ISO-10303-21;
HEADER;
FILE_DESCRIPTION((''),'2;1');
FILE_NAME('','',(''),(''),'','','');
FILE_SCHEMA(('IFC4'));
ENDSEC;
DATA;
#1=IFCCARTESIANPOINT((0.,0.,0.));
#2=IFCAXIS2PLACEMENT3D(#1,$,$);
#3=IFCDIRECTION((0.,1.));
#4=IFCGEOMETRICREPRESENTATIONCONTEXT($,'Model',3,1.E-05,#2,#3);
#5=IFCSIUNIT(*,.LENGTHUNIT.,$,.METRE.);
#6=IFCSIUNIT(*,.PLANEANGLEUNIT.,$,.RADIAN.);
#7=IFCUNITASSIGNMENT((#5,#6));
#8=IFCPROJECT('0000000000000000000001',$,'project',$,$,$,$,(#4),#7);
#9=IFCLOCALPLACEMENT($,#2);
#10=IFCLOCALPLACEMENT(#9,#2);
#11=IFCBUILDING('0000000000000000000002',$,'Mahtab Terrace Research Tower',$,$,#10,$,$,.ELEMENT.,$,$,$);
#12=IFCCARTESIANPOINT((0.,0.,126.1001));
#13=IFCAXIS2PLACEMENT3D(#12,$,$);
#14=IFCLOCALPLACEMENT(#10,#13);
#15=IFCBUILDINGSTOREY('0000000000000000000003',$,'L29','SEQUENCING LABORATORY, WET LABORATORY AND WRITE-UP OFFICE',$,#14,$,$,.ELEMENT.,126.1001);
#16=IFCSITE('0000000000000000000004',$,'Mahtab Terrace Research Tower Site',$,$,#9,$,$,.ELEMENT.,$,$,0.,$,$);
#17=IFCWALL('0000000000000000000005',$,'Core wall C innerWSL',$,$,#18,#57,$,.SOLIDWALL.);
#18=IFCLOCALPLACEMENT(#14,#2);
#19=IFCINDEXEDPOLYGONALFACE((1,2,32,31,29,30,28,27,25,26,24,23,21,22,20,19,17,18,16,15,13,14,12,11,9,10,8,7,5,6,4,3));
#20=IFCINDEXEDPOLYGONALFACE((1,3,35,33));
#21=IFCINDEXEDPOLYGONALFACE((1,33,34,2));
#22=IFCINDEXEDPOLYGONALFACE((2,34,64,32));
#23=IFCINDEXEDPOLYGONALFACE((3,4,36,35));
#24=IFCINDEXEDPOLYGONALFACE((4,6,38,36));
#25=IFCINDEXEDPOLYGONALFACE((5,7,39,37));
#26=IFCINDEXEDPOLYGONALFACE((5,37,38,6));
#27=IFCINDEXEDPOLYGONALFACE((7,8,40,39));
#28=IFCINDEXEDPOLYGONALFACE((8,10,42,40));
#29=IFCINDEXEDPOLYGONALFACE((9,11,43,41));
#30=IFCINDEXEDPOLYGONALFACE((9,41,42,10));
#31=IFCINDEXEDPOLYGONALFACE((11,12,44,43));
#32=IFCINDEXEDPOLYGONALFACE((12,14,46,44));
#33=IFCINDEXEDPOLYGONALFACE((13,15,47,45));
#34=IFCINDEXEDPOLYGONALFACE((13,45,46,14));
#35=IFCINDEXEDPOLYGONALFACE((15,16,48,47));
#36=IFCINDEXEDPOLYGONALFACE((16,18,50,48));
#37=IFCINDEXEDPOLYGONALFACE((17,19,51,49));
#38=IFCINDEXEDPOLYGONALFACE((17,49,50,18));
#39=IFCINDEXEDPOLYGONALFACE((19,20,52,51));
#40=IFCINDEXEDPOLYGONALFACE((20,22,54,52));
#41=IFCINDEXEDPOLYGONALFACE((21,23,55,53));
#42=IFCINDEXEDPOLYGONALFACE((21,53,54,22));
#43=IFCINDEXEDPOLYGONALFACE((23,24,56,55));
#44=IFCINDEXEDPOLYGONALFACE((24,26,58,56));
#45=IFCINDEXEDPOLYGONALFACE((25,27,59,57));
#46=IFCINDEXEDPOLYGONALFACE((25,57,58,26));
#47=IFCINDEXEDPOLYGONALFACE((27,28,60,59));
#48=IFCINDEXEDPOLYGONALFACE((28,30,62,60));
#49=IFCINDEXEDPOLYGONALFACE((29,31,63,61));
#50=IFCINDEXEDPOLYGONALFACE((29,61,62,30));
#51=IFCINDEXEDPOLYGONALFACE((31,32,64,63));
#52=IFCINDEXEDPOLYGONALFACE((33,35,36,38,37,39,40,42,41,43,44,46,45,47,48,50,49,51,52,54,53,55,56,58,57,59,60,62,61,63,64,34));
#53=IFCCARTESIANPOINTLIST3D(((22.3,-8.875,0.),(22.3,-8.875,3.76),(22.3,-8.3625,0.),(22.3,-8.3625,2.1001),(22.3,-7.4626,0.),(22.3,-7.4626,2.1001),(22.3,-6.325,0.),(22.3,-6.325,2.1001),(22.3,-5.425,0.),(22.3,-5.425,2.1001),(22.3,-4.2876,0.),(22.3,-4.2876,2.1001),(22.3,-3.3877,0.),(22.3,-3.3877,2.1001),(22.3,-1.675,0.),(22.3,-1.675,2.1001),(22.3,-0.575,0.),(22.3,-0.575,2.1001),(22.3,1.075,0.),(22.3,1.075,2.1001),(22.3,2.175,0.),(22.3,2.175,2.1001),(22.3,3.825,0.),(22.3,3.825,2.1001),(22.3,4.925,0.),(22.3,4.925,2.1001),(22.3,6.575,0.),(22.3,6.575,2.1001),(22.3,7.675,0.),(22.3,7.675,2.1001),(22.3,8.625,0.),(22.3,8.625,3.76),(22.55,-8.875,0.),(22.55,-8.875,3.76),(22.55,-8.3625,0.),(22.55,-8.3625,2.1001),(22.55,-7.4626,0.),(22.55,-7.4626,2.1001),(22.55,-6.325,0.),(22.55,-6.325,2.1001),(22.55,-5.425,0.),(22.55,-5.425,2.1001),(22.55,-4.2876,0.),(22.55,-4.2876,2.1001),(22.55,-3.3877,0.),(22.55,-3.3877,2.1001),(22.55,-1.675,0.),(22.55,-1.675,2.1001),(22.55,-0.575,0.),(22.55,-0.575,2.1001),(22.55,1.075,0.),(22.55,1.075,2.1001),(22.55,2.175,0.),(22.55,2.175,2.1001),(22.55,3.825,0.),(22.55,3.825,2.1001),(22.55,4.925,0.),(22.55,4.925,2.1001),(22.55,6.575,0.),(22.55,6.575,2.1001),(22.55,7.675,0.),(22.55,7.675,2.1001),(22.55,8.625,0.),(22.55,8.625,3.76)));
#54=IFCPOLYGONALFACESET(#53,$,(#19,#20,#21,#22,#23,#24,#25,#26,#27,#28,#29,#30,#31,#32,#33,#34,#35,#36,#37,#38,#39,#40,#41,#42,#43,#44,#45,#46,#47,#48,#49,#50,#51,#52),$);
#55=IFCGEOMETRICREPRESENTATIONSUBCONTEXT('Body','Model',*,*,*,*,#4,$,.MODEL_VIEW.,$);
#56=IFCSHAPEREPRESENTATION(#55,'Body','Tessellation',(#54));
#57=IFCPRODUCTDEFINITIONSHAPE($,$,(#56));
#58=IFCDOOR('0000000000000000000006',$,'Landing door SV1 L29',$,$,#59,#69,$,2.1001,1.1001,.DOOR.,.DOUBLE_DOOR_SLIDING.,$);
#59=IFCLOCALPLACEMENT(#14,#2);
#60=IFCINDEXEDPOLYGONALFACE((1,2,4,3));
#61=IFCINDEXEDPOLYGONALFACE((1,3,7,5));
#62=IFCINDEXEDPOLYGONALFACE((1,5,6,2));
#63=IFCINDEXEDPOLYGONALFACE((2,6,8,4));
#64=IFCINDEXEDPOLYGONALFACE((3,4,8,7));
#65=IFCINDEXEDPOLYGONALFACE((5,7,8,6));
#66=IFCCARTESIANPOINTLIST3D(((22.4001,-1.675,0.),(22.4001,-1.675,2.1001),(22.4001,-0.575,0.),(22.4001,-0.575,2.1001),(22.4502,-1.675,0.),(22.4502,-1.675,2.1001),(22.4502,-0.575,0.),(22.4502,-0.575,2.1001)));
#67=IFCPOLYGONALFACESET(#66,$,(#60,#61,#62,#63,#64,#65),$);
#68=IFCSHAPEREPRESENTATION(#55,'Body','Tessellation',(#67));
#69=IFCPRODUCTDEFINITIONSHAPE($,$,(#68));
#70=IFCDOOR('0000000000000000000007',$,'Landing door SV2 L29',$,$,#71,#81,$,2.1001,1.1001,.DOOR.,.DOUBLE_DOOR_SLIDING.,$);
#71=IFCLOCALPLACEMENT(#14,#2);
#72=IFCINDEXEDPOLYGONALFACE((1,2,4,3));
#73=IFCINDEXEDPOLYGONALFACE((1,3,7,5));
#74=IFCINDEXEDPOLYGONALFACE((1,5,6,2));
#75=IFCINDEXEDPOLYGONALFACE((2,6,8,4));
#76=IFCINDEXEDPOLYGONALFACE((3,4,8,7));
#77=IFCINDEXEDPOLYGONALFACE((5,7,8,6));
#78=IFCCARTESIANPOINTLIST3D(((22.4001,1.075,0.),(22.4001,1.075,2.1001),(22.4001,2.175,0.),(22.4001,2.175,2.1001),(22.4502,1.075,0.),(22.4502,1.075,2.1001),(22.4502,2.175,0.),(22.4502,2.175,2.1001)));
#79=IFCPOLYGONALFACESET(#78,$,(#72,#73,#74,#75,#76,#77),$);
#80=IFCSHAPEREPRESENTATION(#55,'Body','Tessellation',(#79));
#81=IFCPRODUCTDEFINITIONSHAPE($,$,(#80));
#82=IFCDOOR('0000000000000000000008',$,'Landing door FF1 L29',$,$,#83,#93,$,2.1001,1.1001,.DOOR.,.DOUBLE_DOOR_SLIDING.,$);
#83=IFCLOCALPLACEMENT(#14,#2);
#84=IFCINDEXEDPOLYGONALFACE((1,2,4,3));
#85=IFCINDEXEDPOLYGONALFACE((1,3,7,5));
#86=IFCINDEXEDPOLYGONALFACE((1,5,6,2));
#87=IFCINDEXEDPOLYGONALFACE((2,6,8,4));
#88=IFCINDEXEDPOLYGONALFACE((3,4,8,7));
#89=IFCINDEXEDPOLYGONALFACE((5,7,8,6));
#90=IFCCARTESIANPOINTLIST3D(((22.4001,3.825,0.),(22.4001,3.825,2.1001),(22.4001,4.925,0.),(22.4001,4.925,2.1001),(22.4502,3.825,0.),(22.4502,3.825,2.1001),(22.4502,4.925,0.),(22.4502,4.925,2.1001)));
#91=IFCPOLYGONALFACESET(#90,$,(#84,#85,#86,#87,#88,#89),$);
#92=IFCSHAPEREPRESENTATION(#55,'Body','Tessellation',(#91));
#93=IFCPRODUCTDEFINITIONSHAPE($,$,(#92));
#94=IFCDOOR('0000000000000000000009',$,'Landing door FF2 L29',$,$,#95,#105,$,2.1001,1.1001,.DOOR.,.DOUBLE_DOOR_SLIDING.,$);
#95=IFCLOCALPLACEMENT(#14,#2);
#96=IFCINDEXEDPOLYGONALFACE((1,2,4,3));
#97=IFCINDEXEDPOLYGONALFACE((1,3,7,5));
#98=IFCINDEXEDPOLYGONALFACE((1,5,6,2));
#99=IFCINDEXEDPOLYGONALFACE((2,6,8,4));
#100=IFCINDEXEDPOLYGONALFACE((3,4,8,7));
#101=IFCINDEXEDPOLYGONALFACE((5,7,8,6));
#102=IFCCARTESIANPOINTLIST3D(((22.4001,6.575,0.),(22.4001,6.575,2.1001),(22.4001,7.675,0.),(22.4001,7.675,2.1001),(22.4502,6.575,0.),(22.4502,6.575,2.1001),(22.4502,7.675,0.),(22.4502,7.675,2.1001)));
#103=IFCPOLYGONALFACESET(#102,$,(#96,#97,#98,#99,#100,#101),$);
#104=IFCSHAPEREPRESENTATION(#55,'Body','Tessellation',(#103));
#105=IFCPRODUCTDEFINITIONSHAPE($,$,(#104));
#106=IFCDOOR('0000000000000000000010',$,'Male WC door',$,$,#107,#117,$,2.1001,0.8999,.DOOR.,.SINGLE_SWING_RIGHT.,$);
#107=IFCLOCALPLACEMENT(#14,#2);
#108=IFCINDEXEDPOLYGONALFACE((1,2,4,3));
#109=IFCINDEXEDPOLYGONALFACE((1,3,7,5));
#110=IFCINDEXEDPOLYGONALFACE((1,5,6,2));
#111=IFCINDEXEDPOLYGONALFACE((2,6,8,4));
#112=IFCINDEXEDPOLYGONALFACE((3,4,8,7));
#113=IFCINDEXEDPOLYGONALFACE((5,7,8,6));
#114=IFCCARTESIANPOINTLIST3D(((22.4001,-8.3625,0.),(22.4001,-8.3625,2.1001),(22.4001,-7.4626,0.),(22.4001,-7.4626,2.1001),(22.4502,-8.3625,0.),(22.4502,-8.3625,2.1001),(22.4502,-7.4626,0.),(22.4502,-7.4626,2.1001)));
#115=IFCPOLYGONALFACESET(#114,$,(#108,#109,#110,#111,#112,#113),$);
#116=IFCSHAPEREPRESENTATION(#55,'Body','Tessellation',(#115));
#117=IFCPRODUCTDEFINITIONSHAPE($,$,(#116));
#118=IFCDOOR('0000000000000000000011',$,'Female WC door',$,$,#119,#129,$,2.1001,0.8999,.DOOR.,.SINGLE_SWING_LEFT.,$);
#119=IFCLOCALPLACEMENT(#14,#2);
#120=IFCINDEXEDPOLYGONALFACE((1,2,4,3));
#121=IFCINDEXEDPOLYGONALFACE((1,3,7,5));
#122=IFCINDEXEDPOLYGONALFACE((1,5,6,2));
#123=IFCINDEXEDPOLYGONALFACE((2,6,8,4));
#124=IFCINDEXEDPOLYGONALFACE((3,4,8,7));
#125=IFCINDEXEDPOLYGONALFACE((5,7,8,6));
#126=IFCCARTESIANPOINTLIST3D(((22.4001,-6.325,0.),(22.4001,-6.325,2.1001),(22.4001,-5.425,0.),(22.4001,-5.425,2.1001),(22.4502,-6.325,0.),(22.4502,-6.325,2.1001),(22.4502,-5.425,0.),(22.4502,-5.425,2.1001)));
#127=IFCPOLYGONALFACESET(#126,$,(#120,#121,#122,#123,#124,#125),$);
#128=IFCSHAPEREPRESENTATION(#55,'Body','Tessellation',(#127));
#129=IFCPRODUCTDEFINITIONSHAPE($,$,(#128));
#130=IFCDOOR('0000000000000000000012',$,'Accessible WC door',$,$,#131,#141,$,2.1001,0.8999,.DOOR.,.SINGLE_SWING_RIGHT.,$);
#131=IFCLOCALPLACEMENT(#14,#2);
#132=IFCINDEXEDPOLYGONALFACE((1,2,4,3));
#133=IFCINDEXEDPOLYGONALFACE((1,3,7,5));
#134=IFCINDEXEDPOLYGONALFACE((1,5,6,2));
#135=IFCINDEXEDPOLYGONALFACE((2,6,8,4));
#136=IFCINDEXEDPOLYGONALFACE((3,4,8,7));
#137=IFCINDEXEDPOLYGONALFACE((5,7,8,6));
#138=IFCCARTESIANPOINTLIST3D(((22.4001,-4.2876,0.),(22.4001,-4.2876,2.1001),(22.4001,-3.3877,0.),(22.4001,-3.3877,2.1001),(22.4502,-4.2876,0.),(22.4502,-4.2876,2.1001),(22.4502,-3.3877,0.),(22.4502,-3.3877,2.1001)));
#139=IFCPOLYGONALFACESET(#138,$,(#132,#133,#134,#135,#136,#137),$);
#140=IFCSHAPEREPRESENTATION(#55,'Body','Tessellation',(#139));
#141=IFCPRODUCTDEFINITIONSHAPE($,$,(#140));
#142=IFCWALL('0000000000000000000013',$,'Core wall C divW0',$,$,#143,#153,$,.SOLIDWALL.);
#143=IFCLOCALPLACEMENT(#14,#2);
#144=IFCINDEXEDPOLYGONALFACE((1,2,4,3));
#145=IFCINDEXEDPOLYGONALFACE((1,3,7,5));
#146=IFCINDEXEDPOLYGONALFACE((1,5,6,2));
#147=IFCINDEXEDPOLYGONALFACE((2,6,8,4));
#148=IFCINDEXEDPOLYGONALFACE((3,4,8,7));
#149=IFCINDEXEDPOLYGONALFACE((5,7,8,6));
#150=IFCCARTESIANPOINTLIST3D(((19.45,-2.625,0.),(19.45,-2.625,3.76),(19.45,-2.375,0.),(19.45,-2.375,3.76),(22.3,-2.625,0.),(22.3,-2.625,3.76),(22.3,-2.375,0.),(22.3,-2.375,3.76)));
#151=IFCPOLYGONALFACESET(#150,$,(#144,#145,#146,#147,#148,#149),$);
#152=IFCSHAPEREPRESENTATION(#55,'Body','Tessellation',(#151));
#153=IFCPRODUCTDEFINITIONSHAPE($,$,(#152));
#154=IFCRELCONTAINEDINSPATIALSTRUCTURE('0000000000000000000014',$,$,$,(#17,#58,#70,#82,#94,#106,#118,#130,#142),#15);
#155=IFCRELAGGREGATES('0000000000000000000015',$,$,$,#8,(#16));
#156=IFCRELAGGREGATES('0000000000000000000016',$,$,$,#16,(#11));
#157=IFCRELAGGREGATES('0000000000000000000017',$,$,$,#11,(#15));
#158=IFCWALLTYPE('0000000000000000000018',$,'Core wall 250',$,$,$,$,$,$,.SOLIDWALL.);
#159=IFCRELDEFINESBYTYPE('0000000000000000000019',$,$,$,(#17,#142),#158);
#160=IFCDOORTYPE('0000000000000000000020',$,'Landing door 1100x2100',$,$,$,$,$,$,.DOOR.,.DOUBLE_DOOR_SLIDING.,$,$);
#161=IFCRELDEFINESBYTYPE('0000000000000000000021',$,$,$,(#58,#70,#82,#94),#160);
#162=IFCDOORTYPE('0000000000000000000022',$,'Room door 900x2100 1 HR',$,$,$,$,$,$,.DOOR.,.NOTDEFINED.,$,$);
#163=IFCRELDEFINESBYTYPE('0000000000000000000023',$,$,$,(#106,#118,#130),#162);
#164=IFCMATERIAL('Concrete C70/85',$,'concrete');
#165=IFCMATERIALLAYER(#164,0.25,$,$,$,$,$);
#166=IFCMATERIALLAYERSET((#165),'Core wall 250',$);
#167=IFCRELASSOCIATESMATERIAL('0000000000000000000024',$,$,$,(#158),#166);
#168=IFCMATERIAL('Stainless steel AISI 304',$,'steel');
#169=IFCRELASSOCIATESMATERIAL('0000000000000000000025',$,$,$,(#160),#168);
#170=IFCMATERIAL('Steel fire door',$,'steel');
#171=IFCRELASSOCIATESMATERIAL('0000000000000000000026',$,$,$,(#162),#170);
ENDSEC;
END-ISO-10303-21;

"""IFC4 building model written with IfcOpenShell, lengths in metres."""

from ifc_helpers import new_model, si_unit, direction, frame, frame_2d, origin, place, context, subcontext, project, spatial, rectangle, extrude, material, layer, layer_set, type_object, element, fill, save


model = new_model("IFC4")

# Units and contexts
model_context = context("Model", 3, precision=1e-05, world=origin(), true_north=direction((0.0, 1.0)))
body_context = subcontext(model_context, "Body", "Model", "MODEL_VIEW")
ifc_project = project(units=[si_unit("LENGTHUNIT", "METRE"), si_unit("PLANEANGLEUNIT", "RADIAN")], contexts=[model_context])

# Site, building, storey
site_placement = place(None, origin())
site = spatial("IfcSite", under=ifc_project, at=site_placement, Name="Mahtab Terrace Research Tower Site", CompositionType="ELEMENT", RefElevation=0.0)
building_placement = place(site_placement, origin())
building = spatial("IfcBuilding", under=site, at=building_placement, Name="Mahtab Terrace Research Tower", CompositionType="ELEMENT")
storey_placement = place(building_placement, frame((0.0, 0.0, 126.1001)))
storey = spatial("IfcBuildingStorey", under=building, at=storey_placement, Name="L29", Description="SEQUENCING LABORATORY, WET LABORATORY AND WRITE-UP OFFICE", CompositionType="ELEMENT", Elevation=126.1001)

# Shared definitions
ifc_material_1 = material(Name="Concrete C70/85", Category="concrete")

# Wall, openings, doors
ifc_layer_1 = layer(ifc_material_1, 0.25)
ifc_layer_set_1 = layer_set([ifc_layer_1], Name="Core wall 250")
wall_type_1 = type_object("IfcWallType", Name="Core wall 250", PredefinedType="SOLIDWALL", material=ifc_layer_set_1)
wall_1_placement = place(storey_placement, frame((22.425, -8.875, 0.0), z_axis=(0.0, 0.0, 1.0), x_axis=(0.0, 1.0, 0.0)))
wall_1 = element("IfcWall", 1, at=wall_1_placement, inside=storey, type_object=wall_type_1, Name="Core wall C innerWSL", PredefinedType="SOLIDWALL", context=body_context, shape_type="SweptSolid", body=[
    extrude(rectangle(XDim=17.5, YDim=0.25, at=frame_2d((8.75, 0.0))), origin(), (0.0, 0.0, 1.0), 3.76),
])
opening_1_placement = place(wall_1_placement, frame((7.2, 0.0, 0.0)))
opening_1 = element("IfcOpeningElement", 2, at=opening_1_placement, cuts=wall_1, PredefinedType="OPENING", context=body_context, shape_type="SweptSolid", body=[
    extrude(rectangle(XDim=1.1001, YDim=2.1001, at=frame_2d((0.55, 1.05))), frame((0.0, 0.135, 0.0), z_axis=(0.0, -1.0, 0.0), x_axis=(1.0, 0.0, 0.0)), (0.0, 0.0, 1.0), 0.27),
])
opening_2_placement = place(wall_1_placement, frame((9.95, 0.0, 0.0)))
opening_2 = element("IfcOpeningElement", 3, at=opening_2_placement, cuts=wall_1, PredefinedType="OPENING", context=body_context, shape_type="SweptSolid", body=[
    extrude(rectangle(XDim=1.1001, YDim=2.1001, at=frame_2d((0.55, 1.05))), frame((0.0, 0.135, 0.0), z_axis=(0.0, -1.0, 0.0), x_axis=(1.0, 0.0, 0.0)), (0.0, 0.0, 1.0), 0.27),
])
opening_3_placement = place(wall_1_placement, frame((12.7, 0.0, 0.0)))
opening_3 = element("IfcOpeningElement", 4, at=opening_3_placement, cuts=wall_1, PredefinedType="OPENING", context=body_context, shape_type="SweptSolid", body=[
    extrude(rectangle(XDim=1.1001, YDim=2.1001, at=frame_2d((0.55, 1.05))), frame((0.0, 0.135, 0.0), z_axis=(0.0, -1.0, 0.0), x_axis=(1.0, 0.0, 0.0)), (0.0, 0.0, 1.0), 0.27),
])
opening_4_placement = place(wall_1_placement, frame((15.45, 0.0, 0.0)))
opening_4 = element("IfcOpeningElement", 5, at=opening_4_placement, cuts=wall_1, PredefinedType="OPENING", context=body_context, shape_type="SweptSolid", body=[
    extrude(rectangle(XDim=1.1001, YDim=2.1001, at=frame_2d((0.55, 1.05))), frame((0.0, 0.135, 0.0), z_axis=(0.0, -1.0, 0.0), x_axis=(1.0, 0.0, 0.0)), (0.0, 0.0, 1.0), 0.27),
])
opening_5_placement = place(wall_1_placement, frame((0.5125, 0.0, 0.0)))
opening_5 = element("IfcOpeningElement", 6, at=opening_5_placement, cuts=wall_1, PredefinedType="OPENING", context=body_context, shape_type="SweptSolid", body=[
    extrude(rectangle(XDim=0.8999, YDim=2.1001, at=frame_2d((0.45, 1.05))), frame((0.0, 0.135, 0.0), z_axis=(0.0, -1.0, 0.0), x_axis=(1.0, 0.0, 0.0)), (0.0, 0.0, 1.0), 0.27),
])
opening_6_placement = place(wall_1_placement, frame((2.55, 0.0, 0.0)))
opening_6 = element("IfcOpeningElement", 7, at=opening_6_placement, cuts=wall_1, PredefinedType="OPENING", context=body_context, shape_type="SweptSolid", body=[
    extrude(rectangle(XDim=0.8999, YDim=2.1001, at=frame_2d((0.45, 1.05))), frame((0.0, 0.135, 0.0), z_axis=(0.0, -1.0, 0.0), x_axis=(1.0, 0.0, 0.0)), (0.0, 0.0, 1.0), 0.27),
])
opening_7_placement = place(wall_1_placement, frame((4.5874, 0.0, 0.0)))
opening_7 = element("IfcOpeningElement", 8, at=opening_7_placement, cuts=wall_1, PredefinedType="OPENING", context=body_context, shape_type="SweptSolid", body=[
    extrude(rectangle(XDim=0.8999, YDim=2.1001, at=frame_2d((0.45, 1.05))), frame((0.0, 0.135, 0.0), z_axis=(0.0, -1.0, 0.0), x_axis=(1.0, 0.0, 0.0)), (0.0, 0.0, 1.0), 0.27),
])
ifc_material_2 = material(Name="Stainless steel AISI 304", Category="steel")
door_type_1 = type_object("IfcDoorType", Name="Landing door 1100x2100", OperationType="DOUBLE_DOOR_SLIDING", PredefinedType="DOOR", material=ifc_material_2)
door_1_placement = place(opening_1_placement, origin())
door_1 = element("IfcDoor", 9, at=door_1_placement, inside=storey, type_object=door_type_1, Name="Landing door SV1 L29", OperationType="DOUBLE_DOOR_SLIDING", OverallHeight=2.1001, OverallWidth=1.1001, PredefinedType="DOOR", context=body_context, shape_type="SweptSolid", body=[
    extrude(rectangle(XDim=1.1001, YDim=2.1001, at=frame_2d((0.55, 1.05))), frame((0.0, 0.0249, 0.0), z_axis=(0.0, -1.0, 0.0), x_axis=(1.0, 0.0, 0.0)), (0.0, 0.0, 1.0), 0.05),
])
fill(opening_1, door_1)
door_2_placement = place(opening_2_placement, origin())
door_2 = element("IfcDoor", 10, at=door_2_placement, inside=storey, type_object=door_type_1, Name="Landing door SV2 L29", OperationType="DOUBLE_DOOR_SLIDING", OverallHeight=2.1001, OverallWidth=1.1001, PredefinedType="DOOR", context=body_context, shape_type="SweptSolid", body=[
    extrude(rectangle(XDim=1.1001, YDim=2.1001, at=frame_2d((0.55, 1.05))), frame((0.0, 0.0249, 0.0), z_axis=(0.0, -1.0, 0.0), x_axis=(1.0, 0.0, 0.0)), (0.0, 0.0, 1.0), 0.05),
])
fill(opening_2, door_2)
door_3_placement = place(opening_3_placement, origin())
door_3 = element("IfcDoor", 11, at=door_3_placement, inside=storey, type_object=door_type_1, Name="Landing door FF1 L29", OperationType="DOUBLE_DOOR_SLIDING", OverallHeight=2.1001, OverallWidth=1.1001, PredefinedType="DOOR", context=body_context, shape_type="SweptSolid", body=[
    extrude(rectangle(XDim=1.1001, YDim=2.1001, at=frame_2d((0.55, 1.05))), frame((0.0, 0.0249, 0.0), z_axis=(0.0, -1.0, 0.0), x_axis=(1.0, 0.0, 0.0)), (0.0, 0.0, 1.0), 0.05),
])
fill(opening_3, door_3)
door_4_placement = place(opening_4_placement, origin())
door_4 = element("IfcDoor", 12, at=door_4_placement, inside=storey, type_object=door_type_1, Name="Landing door FF2 L29", OperationType="DOUBLE_DOOR_SLIDING", OverallHeight=2.1001, OverallWidth=1.1001, PredefinedType="DOOR", context=body_context, shape_type="SweptSolid", body=[
    extrude(rectangle(XDim=1.1001, YDim=2.1001, at=frame_2d((0.55, 1.05))), frame((0.0, 0.0249, 0.0), z_axis=(0.0, -1.0, 0.0), x_axis=(1.0, 0.0, 0.0)), (0.0, 0.0, 1.0), 0.05),
])
fill(opening_4, door_4)
ifc_material_3 = material(Name="Steel fire door", Category="steel")
door_type_2 = type_object("IfcDoorType", Name="Room door 900x2100 1 HR", OperationType="NOTDEFINED", PredefinedType="DOOR", material=ifc_material_3)
door_5_placement = place(opening_5_placement, origin())
door_5 = element("IfcDoor", 13, at=door_5_placement, inside=storey, type_object=door_type_2, Name="Male WC door", OperationType="SINGLE_SWING_RIGHT", OverallHeight=2.1001, OverallWidth=0.8999, PredefinedType="DOOR", context=body_context, shape_type="SweptSolid", body=[
    extrude(rectangle(XDim=0.8999, YDim=2.1001, at=frame_2d((0.45, 1.05))), frame((0.0, 0.0249, 0.0), z_axis=(0.0, -1.0, 0.0), x_axis=(1.0, 0.0, 0.0)), (0.0, 0.0, 1.0), 0.05),
])
fill(opening_5, door_5)
door_6_placement = place(opening_6_placement, origin())
door_6 = element("IfcDoor", 14, at=door_6_placement, inside=storey, type_object=door_type_2, Name="Female WC door", OperationType="SINGLE_SWING_LEFT", OverallHeight=2.1001, OverallWidth=0.8999, PredefinedType="DOOR", context=body_context, shape_type="SweptSolid", body=[
    extrude(rectangle(XDim=0.8999, YDim=2.1001, at=frame_2d((0.45, 1.05))), frame((0.0, 0.0249, 0.0), z_axis=(0.0, -1.0, 0.0), x_axis=(1.0, 0.0, 0.0)), (0.0, 0.0, 1.0), 0.05),
])
fill(opening_6, door_6)
door_7_placement = place(opening_7_placement, origin())
door_7 = element("IfcDoor", 15, at=door_7_placement, inside=storey, type_object=door_type_2, Name="Accessible WC door", OperationType="SINGLE_SWING_RIGHT", OverallHeight=2.1001, OverallWidth=0.8999, PredefinedType="DOOR", context=body_context, shape_type="SweptSolid", body=[
    extrude(rectangle(XDim=0.8999, YDim=2.1001, at=frame_2d((0.45, 1.05))), frame((0.0, 0.0249, 0.0), z_axis=(0.0, -1.0, 0.0), x_axis=(1.0, 0.0, 0.0)), (0.0, 0.0, 1.0), 0.05),
])
fill(opening_7, door_7)

# Wall
wall_2_placement = place(storey_placement, frame((19.45, -2.5, 0.0), z_axis=(0.0, 0.0, 1.0), x_axis=(1.0, 0.0, 0.0)))
element("IfcWall", 16, at=wall_2_placement, inside=storey, type_object=wall_type_1, Name="Core wall C divW0", PredefinedType="SOLIDWALL", context=body_context, shape_type="SweptSolid", body=[
    extrude(rectangle(XDim=2.8501, YDim=0.25, at=frame_2d((1.425, 0.0))), origin(), (0.0, 0.0, 1.0), 3.76),
])

save(model, "model.ifc")
